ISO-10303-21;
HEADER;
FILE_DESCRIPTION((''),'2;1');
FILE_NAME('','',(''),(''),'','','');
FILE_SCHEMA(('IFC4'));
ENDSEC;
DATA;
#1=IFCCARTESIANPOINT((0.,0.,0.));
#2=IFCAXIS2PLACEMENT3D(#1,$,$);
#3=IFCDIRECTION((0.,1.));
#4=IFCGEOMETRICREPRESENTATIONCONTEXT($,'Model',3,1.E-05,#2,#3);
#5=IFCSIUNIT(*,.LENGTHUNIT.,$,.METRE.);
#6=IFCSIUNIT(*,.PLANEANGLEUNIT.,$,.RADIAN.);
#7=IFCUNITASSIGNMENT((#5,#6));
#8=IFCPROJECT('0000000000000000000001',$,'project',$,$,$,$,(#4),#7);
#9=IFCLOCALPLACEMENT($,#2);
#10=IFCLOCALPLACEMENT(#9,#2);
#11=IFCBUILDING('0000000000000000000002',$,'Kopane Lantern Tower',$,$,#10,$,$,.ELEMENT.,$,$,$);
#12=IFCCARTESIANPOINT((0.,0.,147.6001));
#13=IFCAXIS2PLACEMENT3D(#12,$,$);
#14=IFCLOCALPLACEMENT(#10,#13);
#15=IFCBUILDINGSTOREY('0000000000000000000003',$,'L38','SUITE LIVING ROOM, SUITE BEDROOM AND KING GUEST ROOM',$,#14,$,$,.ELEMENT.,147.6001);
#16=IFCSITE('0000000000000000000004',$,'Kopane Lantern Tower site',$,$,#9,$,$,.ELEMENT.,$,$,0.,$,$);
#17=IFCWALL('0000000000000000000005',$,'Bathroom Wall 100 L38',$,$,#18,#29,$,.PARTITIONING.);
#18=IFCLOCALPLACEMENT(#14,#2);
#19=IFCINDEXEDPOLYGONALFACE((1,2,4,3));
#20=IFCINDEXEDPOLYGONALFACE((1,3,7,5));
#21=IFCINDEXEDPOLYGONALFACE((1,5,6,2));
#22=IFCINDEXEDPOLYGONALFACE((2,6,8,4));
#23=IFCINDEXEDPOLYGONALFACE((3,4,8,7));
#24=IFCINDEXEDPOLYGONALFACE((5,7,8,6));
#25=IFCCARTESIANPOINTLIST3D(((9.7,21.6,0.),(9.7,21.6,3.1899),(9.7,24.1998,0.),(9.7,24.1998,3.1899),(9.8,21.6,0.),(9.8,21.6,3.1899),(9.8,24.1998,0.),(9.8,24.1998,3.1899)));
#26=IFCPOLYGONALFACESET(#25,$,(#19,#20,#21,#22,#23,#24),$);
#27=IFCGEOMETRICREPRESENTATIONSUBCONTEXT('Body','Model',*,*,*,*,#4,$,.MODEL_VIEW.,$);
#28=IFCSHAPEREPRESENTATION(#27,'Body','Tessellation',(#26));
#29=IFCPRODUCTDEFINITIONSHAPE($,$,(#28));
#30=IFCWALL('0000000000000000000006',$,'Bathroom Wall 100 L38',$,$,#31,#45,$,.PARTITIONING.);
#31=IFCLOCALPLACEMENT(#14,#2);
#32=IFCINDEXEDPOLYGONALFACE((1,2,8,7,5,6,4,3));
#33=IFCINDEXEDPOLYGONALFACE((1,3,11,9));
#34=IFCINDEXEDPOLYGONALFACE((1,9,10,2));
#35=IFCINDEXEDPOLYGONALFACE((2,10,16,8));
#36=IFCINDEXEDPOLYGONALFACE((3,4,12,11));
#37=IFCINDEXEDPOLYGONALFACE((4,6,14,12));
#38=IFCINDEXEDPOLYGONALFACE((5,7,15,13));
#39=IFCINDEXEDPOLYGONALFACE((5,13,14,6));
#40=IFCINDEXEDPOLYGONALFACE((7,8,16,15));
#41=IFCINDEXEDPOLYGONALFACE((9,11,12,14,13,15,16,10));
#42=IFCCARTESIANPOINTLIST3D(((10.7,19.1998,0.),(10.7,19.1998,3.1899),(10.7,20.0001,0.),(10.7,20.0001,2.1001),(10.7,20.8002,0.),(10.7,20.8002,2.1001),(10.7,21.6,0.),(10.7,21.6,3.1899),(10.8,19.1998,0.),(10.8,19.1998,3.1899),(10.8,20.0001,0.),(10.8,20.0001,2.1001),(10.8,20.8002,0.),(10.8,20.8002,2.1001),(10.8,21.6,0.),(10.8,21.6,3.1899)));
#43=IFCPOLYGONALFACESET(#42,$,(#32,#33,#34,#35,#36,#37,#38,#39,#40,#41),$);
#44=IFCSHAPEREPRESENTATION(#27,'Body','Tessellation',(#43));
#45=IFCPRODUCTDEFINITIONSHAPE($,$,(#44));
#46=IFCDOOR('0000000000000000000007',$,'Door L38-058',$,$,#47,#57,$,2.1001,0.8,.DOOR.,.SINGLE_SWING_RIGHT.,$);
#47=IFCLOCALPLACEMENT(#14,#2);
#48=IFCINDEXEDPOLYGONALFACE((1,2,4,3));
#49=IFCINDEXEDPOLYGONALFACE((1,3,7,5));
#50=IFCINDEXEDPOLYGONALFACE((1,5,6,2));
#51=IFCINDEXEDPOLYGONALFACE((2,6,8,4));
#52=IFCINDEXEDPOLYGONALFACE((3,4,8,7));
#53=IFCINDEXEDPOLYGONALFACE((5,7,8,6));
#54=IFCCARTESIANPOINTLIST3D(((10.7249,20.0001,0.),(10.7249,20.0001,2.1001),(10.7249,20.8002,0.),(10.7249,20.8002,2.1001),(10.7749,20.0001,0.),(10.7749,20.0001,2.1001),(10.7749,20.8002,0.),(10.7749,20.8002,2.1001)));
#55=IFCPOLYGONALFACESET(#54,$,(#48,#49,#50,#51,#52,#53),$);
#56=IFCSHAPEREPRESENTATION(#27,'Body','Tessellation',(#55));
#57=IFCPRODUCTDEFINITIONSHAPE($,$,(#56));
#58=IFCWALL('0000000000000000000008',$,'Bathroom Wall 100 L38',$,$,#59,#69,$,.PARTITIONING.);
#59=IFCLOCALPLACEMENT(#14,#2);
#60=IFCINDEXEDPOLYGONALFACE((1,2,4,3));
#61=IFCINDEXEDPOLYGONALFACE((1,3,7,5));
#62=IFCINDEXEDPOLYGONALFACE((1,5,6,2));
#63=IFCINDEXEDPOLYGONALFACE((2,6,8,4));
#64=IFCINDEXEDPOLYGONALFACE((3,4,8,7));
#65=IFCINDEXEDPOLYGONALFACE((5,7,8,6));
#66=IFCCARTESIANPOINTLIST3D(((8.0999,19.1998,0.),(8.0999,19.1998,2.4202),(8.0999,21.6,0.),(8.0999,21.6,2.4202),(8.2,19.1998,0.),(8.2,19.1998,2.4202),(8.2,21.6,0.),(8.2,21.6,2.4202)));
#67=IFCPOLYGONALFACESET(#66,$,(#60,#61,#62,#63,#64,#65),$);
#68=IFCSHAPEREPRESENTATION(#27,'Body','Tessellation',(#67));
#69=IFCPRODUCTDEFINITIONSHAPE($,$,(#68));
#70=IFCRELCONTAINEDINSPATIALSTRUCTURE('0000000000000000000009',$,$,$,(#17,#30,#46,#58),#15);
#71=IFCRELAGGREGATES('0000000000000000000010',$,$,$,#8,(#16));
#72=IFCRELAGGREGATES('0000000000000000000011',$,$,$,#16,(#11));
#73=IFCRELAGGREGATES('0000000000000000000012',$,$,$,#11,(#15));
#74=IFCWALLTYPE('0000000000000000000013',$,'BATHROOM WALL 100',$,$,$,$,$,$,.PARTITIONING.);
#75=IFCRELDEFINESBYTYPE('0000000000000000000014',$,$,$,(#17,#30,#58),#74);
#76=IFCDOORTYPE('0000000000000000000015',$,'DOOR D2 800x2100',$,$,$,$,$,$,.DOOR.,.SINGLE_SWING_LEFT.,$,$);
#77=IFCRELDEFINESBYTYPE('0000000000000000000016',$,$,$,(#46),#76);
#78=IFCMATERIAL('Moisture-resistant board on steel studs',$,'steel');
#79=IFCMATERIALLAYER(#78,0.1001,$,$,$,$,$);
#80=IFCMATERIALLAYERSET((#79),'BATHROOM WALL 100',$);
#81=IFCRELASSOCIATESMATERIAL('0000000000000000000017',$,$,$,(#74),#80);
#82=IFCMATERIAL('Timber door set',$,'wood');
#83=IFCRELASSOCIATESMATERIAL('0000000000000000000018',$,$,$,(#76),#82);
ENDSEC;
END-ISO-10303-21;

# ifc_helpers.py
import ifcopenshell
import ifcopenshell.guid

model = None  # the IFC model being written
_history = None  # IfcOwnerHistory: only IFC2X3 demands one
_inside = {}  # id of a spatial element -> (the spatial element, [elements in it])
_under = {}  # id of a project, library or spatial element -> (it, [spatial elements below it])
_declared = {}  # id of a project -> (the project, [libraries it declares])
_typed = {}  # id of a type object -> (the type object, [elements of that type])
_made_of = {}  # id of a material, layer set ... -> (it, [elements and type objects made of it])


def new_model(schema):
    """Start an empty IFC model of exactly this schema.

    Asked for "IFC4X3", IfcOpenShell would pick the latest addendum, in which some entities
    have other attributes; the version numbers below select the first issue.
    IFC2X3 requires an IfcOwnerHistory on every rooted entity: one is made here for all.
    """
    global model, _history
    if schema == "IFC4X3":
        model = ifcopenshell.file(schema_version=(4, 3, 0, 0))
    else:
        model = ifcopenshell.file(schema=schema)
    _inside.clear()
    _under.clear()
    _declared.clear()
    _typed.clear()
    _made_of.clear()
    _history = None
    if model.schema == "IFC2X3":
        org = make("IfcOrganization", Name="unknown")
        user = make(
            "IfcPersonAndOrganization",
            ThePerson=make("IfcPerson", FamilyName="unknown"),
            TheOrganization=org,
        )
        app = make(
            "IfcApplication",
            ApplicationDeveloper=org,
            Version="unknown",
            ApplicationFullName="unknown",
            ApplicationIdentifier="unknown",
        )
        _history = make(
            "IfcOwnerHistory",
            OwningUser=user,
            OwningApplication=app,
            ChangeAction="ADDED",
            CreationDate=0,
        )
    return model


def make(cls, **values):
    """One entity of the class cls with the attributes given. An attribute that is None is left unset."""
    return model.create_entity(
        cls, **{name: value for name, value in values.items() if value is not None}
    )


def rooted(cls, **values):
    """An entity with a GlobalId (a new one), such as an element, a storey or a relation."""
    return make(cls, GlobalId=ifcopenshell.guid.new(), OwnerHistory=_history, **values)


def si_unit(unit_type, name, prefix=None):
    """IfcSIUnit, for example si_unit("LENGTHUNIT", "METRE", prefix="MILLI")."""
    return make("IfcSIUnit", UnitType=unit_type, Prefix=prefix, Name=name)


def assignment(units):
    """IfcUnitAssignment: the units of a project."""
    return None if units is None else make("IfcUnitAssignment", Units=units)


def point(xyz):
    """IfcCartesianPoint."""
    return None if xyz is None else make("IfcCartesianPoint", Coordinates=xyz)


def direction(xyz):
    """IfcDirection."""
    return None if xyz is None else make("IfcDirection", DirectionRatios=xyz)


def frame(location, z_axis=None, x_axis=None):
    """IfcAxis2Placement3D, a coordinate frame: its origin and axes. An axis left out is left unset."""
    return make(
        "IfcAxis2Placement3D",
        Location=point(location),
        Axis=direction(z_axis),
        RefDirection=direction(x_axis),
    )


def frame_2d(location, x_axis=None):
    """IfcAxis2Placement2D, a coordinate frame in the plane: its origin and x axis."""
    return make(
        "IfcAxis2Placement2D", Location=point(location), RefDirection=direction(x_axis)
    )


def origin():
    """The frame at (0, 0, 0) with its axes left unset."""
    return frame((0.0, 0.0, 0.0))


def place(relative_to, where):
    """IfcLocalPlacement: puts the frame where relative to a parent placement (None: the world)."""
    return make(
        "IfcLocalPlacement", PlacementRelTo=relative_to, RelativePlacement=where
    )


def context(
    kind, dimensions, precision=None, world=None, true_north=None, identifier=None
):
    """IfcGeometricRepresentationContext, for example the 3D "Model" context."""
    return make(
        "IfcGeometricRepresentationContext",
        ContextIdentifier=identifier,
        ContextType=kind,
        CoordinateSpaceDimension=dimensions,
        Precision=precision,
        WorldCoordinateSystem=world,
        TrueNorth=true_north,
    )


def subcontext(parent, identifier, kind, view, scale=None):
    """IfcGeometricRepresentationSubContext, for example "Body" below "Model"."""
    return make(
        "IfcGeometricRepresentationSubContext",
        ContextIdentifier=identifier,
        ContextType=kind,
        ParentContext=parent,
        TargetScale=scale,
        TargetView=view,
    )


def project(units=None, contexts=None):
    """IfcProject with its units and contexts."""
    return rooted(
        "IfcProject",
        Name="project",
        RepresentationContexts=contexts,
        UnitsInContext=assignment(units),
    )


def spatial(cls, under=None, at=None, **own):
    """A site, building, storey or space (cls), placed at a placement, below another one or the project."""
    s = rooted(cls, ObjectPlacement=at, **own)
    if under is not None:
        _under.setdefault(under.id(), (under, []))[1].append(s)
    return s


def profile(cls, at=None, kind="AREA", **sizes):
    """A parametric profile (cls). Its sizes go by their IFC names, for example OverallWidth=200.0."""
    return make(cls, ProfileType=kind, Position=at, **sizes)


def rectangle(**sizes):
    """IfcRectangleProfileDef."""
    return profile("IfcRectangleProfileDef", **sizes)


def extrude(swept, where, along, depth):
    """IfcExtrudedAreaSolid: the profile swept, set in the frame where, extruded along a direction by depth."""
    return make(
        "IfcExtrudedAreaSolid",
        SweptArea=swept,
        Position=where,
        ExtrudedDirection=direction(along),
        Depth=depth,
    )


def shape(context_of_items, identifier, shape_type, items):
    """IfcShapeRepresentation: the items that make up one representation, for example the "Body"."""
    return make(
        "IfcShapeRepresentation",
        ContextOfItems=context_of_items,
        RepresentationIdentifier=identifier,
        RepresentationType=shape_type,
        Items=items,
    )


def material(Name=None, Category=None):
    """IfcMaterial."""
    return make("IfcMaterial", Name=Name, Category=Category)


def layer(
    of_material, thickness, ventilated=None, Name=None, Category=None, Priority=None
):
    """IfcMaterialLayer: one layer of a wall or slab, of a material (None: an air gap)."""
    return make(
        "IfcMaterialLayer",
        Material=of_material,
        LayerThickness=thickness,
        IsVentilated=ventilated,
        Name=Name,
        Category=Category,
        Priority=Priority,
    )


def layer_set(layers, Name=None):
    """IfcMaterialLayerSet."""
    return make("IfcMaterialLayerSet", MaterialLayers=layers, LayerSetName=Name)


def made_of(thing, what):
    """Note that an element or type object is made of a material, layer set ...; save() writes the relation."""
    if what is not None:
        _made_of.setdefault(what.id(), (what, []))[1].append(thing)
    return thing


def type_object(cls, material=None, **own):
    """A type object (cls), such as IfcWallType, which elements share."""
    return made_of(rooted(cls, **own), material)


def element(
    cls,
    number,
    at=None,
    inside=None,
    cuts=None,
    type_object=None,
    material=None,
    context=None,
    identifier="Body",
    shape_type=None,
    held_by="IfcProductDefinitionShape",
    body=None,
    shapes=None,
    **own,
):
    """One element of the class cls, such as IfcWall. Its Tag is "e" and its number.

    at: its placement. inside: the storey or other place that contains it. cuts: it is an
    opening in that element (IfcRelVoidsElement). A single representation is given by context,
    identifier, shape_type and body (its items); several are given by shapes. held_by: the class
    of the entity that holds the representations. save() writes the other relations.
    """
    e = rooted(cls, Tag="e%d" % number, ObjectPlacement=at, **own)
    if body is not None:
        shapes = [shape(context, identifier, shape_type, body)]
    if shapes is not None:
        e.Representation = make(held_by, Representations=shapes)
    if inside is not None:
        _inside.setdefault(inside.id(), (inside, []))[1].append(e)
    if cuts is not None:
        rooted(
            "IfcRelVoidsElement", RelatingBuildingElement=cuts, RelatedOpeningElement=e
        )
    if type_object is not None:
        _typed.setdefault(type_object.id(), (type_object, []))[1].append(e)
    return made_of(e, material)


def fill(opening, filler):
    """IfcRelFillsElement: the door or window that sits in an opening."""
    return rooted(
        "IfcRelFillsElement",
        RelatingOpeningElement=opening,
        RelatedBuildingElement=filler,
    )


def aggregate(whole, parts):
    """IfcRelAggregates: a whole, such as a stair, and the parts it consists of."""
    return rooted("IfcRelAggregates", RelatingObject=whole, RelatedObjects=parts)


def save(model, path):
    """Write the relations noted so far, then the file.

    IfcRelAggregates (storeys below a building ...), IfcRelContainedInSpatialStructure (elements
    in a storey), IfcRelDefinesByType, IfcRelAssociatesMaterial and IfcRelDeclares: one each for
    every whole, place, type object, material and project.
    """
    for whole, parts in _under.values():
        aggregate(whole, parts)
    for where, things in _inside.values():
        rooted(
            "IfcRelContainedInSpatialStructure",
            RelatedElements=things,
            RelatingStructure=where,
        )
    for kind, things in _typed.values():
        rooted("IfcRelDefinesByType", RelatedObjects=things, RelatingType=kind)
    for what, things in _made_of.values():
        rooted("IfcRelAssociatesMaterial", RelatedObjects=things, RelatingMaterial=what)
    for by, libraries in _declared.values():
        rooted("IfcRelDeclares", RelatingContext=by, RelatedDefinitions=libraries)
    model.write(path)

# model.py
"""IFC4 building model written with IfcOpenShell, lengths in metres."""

from ifc_helpers import new_model, si_unit, direction, frame, frame_2d, origin, place, context, subcontext, project, spatial, rectangle, extrude, material, layer, layer_set, type_object, element, fill, save


model = new_model("IFC4")

# Units and contexts
model_context = context("Model", 3, precision=1e-05, world=origin(), true_north=direction((0.0, 1.0)))
body_context = subcontext(model_context, "Body", "Model", "MODEL_VIEW")
ifc_project = project(units=[si_unit("LENGTHUNIT", "METRE"), si_unit("PLANEANGLEUNIT", "RADIAN")], contexts=[model_context])

# Site, building, storey
site_placement = place(None, origin())
site = spatial("IfcSite", under=ifc_project, at=site_placement, Name="Kopane Lantern Tower site", CompositionType="ELEMENT", RefElevation=0.0)
building_placement = place(site_placement, origin())
building = spatial("IfcBuilding", under=site, at=building_placement, Name="Kopane Lantern Tower", CompositionType="ELEMENT")
storey_placement = place(building_placement, frame((0.0, 0.0, 147.6001)))
storey = spatial("IfcBuildingStorey", under=building, at=storey_placement, Name="L38", Description="SUITE LIVING ROOM, SUITE BEDROOM AND KING GUEST ROOM", CompositionType="ELEMENT", Elevation=147.6001)

# Wall
ifc_material_1 = material(Name="Moisture-resistant board on steel studs", Category="steel")
ifc_layer_1 = layer(ifc_material_1, 0.1001)
ifc_layer_set_1 = layer_set([ifc_layer_1], Name="BATHROOM WALL 100")
wall_type_1 = type_object("IfcWallType", Name="BATHROOM WALL 100", PredefinedType="PARTITIONING", material=ifc_layer_set_1)
wall_1_placement = place(storey_placement, frame((9.75, 21.6001, 0.0), z_axis=(0.0, 0.0, 1.0), x_axis=(0.0, 1.0, 0.0)))
element("IfcWall", 1, at=wall_1_placement, inside=storey, type_object=wall_type_1, Name="Bathroom Wall 100 L38", PredefinedType="PARTITIONING", context=body_context, shape_type="SweptSolid", body=[
    extrude(rectangle(XDim=2.5999, YDim=0.1001, at=frame_2d((1.2998, 0.0))), origin(), (0.0, 0.0, 1.0), 3.1899),
])

# Wall, opening, door
wall_2_placement = place(storey_placement, frame((10.75, 21.6001, 0.0), z_axis=(0.0, 0.0, 1.0), x_axis=(0.0, -1.0, 0.0)))
wall_2 = element("IfcWall", 2, at=wall_2_placement, inside=storey, type_object=wall_type_1, Name="Bathroom Wall 100 L38", PredefinedType="PARTITIONING", context=body_context, shape_type="SweptSolid", body=[
    extrude(rectangle(XDim=2.4001, YDim=0.1001, at=frame_2d((1.2002, 0.0))), origin(), (0.0, 0.0, 1.0), 3.1899),
])
opening_1_placement = place(wall_2_placement, frame((0.8, 0.0, 0.0)))
opening_1 = element("IfcOpeningElement", 3, at=opening_1_placement, cuts=wall_2, PredefinedType="OPENING", context=body_context, shape_type="SweptSolid", body=[
    extrude(rectangle(XDim=0.8, YDim=2.1001, at=frame_2d((0.3999, 1.05))), frame((0.0, 0.0601, 0.0), z_axis=(0.0, -1.0, 0.0), x_axis=(1.0, 0.0, 0.0)), (0.0, 0.0, 1.0), 0.1201),
])
ifc_material_2 = material(Name="Timber door set", Category="wood")
door_type_1 = type_object("IfcDoorType", Name="DOOR D2 800x2100", OperationType="SINGLE_SWING_LEFT", PredefinedType="DOOR", material=ifc_material_2)
door_1_placement = place(opening_1_placement, origin())
door_1 = element("IfcDoor", 4, at=door_1_placement, inside=storey, type_object=door_type_1, Name="Door L38-058", OperationType="SINGLE_SWING_RIGHT", OverallHeight=2.1001, OverallWidth=0.8, PredefinedType="DOOR", context=body_context, shape_type="SweptSolid", body=[
    extrude(rectangle(XDim=0.8, YDim=2.1001, at=frame_2d((0.3999, 1.05))), frame((0.0, 0.0249, 0.0), z_axis=(0.0, -1.0, 0.0), x_axis=(1.0, 0.0, 0.0)), (0.0, 0.0, 1.0), 0.05),
])
fill(opening_1, door_1)

# Wall
wall_3_placement = place(storey_placement, frame((8.1499, 21.6001, 0.0), z_axis=(0.0, 0.0, 1.0), x_axis=(0.0, -1.0, 0.0)))
element("IfcWall", 5, at=wall_3_placement, inside=storey, type_object=wall_type_1, Name="Bathroom Wall 100 L38", PredefinedType="PARTITIONING", context=body_context, shape_type="SweptSolid", body=[
    extrude(rectangle(XDim=2.4001, YDim=0.1001, at=frame_2d((1.2002, 0.0))), origin(), (0.0, 0.0, 1.0), 2.4202),
])

save(model, "model.ifc")
